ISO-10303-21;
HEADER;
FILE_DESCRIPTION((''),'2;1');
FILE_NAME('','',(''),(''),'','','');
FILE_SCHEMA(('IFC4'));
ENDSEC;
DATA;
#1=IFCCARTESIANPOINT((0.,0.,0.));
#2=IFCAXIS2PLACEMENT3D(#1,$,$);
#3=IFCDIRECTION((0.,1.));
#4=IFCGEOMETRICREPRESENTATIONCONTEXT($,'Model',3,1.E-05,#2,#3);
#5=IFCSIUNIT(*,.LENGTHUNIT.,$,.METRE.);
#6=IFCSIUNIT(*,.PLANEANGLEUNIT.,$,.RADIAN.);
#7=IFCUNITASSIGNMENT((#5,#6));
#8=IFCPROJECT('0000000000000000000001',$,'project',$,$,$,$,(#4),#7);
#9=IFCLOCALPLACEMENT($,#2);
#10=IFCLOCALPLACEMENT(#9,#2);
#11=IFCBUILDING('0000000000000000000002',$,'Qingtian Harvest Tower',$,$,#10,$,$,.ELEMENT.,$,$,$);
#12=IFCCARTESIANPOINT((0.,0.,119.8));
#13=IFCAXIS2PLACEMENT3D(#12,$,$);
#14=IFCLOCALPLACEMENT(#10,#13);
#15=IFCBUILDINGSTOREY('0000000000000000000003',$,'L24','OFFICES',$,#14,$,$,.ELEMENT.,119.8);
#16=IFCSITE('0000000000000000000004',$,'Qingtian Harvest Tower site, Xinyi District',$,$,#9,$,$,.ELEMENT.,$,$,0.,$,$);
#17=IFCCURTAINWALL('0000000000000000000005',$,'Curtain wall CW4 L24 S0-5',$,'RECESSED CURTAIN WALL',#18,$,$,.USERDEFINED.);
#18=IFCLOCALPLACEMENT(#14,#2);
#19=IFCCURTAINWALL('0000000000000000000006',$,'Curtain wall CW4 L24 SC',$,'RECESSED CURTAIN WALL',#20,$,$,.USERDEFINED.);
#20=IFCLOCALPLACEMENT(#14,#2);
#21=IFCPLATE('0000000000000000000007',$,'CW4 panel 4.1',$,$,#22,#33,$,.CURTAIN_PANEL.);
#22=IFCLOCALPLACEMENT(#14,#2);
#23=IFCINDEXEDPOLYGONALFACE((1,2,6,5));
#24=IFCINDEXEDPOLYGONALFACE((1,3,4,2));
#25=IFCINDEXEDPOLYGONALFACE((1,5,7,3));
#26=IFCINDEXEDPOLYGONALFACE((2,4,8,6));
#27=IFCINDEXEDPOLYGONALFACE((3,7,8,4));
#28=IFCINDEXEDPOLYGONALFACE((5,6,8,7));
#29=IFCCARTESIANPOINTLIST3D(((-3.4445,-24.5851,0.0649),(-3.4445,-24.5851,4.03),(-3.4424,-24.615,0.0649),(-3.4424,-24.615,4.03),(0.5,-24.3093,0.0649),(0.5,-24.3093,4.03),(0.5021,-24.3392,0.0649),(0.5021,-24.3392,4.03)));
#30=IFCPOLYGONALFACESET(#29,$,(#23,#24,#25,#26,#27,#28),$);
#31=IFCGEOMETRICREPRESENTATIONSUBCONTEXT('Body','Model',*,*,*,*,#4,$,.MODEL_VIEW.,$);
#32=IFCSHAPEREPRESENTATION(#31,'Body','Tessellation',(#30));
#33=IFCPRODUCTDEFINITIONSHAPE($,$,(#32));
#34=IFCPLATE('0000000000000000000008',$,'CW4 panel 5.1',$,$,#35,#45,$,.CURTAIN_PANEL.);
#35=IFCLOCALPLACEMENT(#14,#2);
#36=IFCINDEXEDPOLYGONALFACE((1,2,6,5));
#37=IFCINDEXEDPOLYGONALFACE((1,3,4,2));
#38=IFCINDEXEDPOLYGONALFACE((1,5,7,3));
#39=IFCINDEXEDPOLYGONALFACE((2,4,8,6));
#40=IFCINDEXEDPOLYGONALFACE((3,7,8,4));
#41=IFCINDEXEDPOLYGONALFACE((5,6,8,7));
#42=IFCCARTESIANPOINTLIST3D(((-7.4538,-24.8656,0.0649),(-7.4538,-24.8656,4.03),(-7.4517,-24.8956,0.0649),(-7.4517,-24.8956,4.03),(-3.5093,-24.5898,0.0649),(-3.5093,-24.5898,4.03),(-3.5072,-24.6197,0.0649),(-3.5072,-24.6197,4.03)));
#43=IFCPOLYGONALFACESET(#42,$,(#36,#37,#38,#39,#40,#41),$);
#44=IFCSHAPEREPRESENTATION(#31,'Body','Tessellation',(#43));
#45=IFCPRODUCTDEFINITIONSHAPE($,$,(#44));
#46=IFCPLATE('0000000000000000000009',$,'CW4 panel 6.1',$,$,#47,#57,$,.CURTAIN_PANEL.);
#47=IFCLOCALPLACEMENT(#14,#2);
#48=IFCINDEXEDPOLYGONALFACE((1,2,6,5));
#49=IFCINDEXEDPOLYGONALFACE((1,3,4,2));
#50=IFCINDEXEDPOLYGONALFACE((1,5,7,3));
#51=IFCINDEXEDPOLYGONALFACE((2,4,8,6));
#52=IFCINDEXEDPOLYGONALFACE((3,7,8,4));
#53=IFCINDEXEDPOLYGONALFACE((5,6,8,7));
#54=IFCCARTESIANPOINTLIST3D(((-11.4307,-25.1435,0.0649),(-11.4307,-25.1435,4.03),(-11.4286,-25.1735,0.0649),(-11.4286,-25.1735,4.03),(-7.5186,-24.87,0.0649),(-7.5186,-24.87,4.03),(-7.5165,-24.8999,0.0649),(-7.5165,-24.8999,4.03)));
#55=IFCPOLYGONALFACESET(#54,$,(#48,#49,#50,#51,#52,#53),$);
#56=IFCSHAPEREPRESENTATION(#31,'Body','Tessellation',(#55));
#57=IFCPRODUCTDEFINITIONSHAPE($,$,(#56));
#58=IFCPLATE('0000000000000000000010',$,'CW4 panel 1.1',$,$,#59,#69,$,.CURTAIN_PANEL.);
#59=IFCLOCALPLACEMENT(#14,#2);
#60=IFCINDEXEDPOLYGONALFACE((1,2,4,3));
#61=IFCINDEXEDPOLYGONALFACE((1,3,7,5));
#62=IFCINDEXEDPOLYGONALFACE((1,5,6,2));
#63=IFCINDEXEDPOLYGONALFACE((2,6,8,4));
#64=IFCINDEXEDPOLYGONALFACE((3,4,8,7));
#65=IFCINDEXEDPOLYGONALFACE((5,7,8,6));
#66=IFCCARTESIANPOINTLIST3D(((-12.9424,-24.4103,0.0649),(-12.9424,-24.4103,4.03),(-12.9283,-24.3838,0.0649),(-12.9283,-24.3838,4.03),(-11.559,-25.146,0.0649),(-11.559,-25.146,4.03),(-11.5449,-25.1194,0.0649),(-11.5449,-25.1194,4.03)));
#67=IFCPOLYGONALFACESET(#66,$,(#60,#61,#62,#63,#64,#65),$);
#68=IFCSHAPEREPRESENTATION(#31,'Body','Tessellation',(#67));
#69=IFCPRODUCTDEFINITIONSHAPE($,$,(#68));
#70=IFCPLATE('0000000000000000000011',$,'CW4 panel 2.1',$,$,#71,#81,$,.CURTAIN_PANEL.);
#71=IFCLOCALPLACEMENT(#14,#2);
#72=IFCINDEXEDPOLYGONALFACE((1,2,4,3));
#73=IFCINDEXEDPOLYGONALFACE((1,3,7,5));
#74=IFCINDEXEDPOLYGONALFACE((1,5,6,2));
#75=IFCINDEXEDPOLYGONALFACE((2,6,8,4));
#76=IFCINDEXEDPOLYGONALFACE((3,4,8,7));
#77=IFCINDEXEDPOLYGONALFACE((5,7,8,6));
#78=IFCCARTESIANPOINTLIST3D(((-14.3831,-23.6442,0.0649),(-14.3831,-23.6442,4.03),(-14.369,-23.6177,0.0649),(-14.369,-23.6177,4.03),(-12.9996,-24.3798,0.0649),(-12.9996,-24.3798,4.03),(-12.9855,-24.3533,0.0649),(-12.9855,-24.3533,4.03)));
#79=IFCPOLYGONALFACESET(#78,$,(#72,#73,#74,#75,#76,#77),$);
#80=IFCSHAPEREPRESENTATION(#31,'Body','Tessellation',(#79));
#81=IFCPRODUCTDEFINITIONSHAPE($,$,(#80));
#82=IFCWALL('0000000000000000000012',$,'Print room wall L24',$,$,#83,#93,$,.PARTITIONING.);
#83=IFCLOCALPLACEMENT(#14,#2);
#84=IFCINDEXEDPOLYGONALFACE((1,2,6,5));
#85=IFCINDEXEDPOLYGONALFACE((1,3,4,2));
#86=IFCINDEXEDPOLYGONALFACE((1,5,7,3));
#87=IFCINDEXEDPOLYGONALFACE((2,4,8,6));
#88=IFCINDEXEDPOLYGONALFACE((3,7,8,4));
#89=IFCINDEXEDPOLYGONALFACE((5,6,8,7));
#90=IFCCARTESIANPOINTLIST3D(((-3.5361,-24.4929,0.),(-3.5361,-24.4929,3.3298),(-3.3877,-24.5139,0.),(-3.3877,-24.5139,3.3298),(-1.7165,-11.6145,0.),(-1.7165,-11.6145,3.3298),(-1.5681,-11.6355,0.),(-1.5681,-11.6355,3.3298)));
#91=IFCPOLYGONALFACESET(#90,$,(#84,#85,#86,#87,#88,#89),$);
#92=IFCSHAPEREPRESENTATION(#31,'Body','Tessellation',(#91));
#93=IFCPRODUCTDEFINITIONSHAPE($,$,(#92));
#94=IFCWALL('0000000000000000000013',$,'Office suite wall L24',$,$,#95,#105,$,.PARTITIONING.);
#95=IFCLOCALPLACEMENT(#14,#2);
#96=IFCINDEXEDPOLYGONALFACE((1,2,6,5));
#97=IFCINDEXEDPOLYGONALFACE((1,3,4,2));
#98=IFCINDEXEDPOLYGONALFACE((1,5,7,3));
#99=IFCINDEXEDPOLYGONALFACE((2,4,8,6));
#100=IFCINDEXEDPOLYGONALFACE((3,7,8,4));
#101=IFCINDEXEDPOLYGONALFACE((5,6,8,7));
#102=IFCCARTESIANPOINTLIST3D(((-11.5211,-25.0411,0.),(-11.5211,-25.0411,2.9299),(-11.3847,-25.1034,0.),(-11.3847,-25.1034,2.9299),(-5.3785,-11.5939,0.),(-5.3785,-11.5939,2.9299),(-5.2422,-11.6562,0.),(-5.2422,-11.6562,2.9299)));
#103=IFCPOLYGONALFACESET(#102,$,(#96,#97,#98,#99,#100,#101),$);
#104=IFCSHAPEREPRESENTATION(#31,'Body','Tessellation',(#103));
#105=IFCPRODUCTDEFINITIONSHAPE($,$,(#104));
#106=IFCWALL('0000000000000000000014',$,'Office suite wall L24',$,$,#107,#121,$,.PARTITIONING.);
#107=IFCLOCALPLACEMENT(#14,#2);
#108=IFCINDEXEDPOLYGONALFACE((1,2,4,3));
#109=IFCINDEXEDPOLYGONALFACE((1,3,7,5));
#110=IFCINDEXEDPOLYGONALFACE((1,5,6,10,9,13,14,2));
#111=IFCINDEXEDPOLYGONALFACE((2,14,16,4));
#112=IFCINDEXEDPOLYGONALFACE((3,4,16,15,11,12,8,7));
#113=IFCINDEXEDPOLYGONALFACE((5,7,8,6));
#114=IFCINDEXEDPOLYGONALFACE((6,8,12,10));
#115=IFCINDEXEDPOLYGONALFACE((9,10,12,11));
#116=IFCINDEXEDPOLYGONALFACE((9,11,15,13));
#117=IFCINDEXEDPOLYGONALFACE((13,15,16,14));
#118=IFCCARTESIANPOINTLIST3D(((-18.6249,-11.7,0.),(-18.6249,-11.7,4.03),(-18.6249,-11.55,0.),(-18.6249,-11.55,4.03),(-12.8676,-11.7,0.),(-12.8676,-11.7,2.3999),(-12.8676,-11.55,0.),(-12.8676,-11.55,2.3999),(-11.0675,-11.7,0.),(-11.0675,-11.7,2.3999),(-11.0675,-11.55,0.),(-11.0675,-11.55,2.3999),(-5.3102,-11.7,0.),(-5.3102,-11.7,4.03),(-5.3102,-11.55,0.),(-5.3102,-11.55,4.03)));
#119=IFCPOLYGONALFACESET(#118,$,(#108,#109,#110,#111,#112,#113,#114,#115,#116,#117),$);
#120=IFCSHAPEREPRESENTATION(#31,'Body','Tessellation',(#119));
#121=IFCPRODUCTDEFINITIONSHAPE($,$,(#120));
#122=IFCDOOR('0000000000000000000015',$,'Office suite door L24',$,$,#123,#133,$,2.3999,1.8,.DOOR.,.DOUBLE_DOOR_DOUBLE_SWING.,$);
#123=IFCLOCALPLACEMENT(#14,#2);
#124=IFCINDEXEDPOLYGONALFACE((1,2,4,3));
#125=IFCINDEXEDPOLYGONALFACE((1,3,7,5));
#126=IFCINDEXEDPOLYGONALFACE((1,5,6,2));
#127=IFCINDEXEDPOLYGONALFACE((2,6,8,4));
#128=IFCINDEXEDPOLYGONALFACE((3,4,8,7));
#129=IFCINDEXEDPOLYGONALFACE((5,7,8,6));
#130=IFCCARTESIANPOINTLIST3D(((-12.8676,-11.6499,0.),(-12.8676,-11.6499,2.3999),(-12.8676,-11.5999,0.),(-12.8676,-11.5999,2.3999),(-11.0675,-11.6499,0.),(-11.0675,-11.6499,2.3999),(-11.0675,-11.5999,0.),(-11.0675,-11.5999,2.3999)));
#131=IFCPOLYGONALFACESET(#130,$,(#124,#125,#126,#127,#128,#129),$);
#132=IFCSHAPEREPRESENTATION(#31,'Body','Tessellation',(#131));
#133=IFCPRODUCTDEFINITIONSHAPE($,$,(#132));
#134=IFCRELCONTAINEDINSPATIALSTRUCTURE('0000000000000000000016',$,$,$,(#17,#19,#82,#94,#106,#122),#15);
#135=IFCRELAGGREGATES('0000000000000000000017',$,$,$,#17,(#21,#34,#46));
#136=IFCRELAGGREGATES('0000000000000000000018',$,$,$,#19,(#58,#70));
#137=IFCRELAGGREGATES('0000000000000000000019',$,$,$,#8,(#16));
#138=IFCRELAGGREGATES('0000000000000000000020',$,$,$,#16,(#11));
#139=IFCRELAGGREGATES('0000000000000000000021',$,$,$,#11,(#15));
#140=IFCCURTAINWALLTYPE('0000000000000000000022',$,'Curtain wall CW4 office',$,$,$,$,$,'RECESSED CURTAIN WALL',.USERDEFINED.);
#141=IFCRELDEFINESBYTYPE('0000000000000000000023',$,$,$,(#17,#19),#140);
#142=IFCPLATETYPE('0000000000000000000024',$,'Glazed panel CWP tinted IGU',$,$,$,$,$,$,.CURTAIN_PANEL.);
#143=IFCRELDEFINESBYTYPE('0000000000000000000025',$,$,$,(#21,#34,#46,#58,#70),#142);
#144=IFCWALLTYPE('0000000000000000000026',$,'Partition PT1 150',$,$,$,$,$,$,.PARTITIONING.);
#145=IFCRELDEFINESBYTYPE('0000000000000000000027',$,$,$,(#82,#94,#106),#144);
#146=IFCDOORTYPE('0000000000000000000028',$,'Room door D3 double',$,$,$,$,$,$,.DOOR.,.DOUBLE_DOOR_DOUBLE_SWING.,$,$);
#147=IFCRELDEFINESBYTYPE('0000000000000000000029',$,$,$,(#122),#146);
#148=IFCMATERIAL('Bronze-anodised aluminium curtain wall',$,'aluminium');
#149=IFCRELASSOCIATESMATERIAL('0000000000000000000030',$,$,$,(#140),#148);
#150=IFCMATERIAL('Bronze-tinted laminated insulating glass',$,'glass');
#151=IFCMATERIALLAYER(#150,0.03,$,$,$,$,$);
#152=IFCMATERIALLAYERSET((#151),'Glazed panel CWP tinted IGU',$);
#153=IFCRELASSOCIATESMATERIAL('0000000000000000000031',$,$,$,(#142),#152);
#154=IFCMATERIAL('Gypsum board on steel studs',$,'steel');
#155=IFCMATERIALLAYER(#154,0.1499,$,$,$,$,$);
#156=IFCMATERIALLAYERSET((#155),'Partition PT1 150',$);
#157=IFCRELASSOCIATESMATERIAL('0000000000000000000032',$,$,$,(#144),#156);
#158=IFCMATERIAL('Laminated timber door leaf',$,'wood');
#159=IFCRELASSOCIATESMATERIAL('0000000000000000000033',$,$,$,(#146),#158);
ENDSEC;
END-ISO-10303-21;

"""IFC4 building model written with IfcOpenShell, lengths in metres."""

from ifc_helpers import new_model, si_unit, direction, frame, frame_2d, origin, origin_2d, place, context, subcontext, project, spatial, rectangle, extrude, material, layer, layer_set, type_object, element, fill, aggregate, save


model = new_model("IFC4")

# Units and contexts
model_context = context("Model", 3, precision=1e-05, world=origin(), true_north=direction((0.0, 1.0)))
body_context = subcontext(model_context, "Body", "Model", "MODEL_VIEW")
ifc_project = project(units=[si_unit("LENGTHUNIT", "METRE"), si_unit("PLANEANGLEUNIT", "RADIAN")], contexts=[model_context])

# Site, building, storey
site_placement = place(None, origin())
site = spatial("IfcSite", under=ifc_project, at=site_placement, Name="Qingtian Harvest Tower site, Xinyi District", CompositionType="ELEMENT", RefElevation=0.0)
building_placement = place(site_placement, origin())
building = spatial("IfcBuilding", under=site, at=building_placement, Name="Qingtian Harvest Tower", CompositionType="ELEMENT")
storey_placement = place(building_placement, frame((0.0, 0.0, 119.8)))
storey = spatial("IfcBuildingStorey", under=building, at=storey_placement, Name="L24", Description="OFFICES", CompositionType="ELEMENT", Elevation=119.8)

# Curtain walls
ifc_material_1 = material(Name="Bronze-anodised aluminium curtain wall", Category="aluminium")
curtain_wall_type = type_object("IfcCurtainWallType", Name="Curtain wall CW4 office", ElementType="RECESSED CURTAIN WALL", PredefinedType="USERDEFINED", material=ifc_material_1)
curtain_wall_1_placement = place(storey_placement, origin())
curtain_wall_1 = element("IfcCurtainWall", 1, at=curtain_wall_1_placement, inside=storey, type_object=curtain_wall_type, Name="Curtain wall CW4 L24 S0-5", ObjectType="RECESSED CURTAIN WALL", PredefinedType="USERDEFINED")
curtain_wall_2_placement = place(storey_placement, origin())
curtain_wall_2 = element("IfcCurtainWall", 2, at=curtain_wall_2_placement, inside=storey, type_object=curtain_wall_type, Name="Curtain wall CW4 L24 SC", ObjectType="RECESSED CURTAIN WALL", PredefinedType="USERDEFINED")

# Plates
ifc_material_2 = material(Name="Bronze-tinted laminated insulating glass", Category="glass")
ifc_layer_1 = layer(ifc_material_2, 0.03)
ifc_layer_set_1 = layer_set([ifc_layer_1], Name="Glazed panel CWP tinted IGU")
plate_type = type_object("IfcPlateType", Name="Glazed panel CWP tinted IGU", PredefinedType="CURTAIN_PANEL", material=ifc_layer_set_1)
plate_1_placement = place(storey_placement, frame((-1.4712, -24.4622, 0.0649), z_axis=(0.0, 0.0, 1.0), x_axis=(-0.997564, -0.069756, 0.0)))
plate_1 = element("IfcPlate", 3, at=plate_1_placement, type_object=plate_type, Name="CW4 panel 4.1", PredefinedType="CURTAIN_PANEL", context=body_context, shape_type="SweptSolid", body=[
    extrude(rectangle(XDim=3.9541, YDim=0.03, at=origin_2d()), origin(), (0.0, 0.0, 1.0), 3.9651),
])
plate_2_placement = place(storey_placement, frame((-5.4805, -24.7427, 0.0649), z_axis=(0.0, 0.0, 1.0), x_axis=(-0.997564, -0.069756, 0.0)))
plate_2 = element("IfcPlate", 4, at=plate_2_placement, type_object=plate_type, Name="CW4 panel 5.1", PredefinedType="CURTAIN_PANEL", context=body_context, shape_type="SweptSolid", body=[
    extrude(rectangle(XDim=3.9541, YDim=0.03, at=origin_2d()), origin(), (0.0, 0.0, 1.0), 3.9651),
])
plate_3_placement = place(storey_placement, frame((-9.4736, -25.0217, 0.0649), z_axis=(0.0, 0.0, 1.0), x_axis=(-0.997564, -0.069756, 0.0)))
plate_3 = element("IfcPlate", 5, at=plate_3_placement, type_object=plate_type, Name="CW4 panel 6.1", PredefinedType="CURTAIN_PANEL", context=body_context, shape_type="SweptSolid", body=[
    extrude(rectangle(XDim=3.9216, YDim=0.03, at=origin_2d()), origin(), (0.0, 0.0, 1.0), 3.9651),
])
aggregate(curtain_wall_1, [plate_1, plate_2, plate_3])
plate_4_placement = place(storey_placement, frame((-12.2437, -24.7649, 0.0649), z_axis=(0.0, 0.0, 1.0), x_axis=(-0.882948, 0.469472, 0.0)))
plate_4 = element("IfcPlate", 6, at=plate_4_placement, type_object=plate_type, Name="CW4 panel 1.1", PredefinedType="CURTAIN_PANEL", context=body_context, shape_type="SweptSolid", body=[
    extrude(rectangle(XDim=1.5669, YDim=0.03, at=origin_2d()), origin(), (0.0, 0.0, 1.0), 3.9651),
])
plate_5_placement = place(storey_placement, frame((-13.6843, -23.9988, 0.0649), z_axis=(0.0, 0.0, 1.0), x_axis=(-0.882948, 0.469472, 0.0)))
plate_5 = element("IfcPlate", 7, at=plate_5_placement, type_object=plate_type, Name="CW4 panel 2.1", PredefinedType="CURTAIN_PANEL", context=body_context, shape_type="SweptSolid", body=[
    extrude(rectangle(XDim=1.5669, YDim=0.03, at=origin_2d()), origin(), (0.0, 0.0, 1.0), 3.9651),
])
aggregate(curtain_wall_2, [plate_4, plate_5])

# Walls
ifc_material_3 = material(Name="Gypsum board on steel studs", Category="steel")
ifc_layer_2 = layer(ifc_material_3, 0.1499)
ifc_layer_set_2 = layer_set([ifc_layer_2], Name="Partition PT1 150")
wall_type = type_object("IfcWallType", Name="Partition PT1 150", PredefinedType="PARTITIONING", material=ifc_layer_set_2)
wall_1_placement = place(storey_placement, frame((-3.4619, -24.5034, 0.0), z_axis=(0.0, 0.0, 1.0), x_axis=(0.1399, 0.990166, 0.0)))
element("IfcWall", 8, at=wall_1_placement, inside=storey, type_object=wall_type, Name="Print room wall L24", PredefinedType="PARTITIONING", context=body_context, shape_type="SweptSolid", body=[
    extrude(rectangle(XDim=13.0063, YDim=0.1499, at=frame_2d((6.5032, 0.0))), origin(), (0.0, 0.0, 1.0), 3.3298),
])
wall_2_placement = place(storey_placement, frame((-11.4529, -25.0723, 0.0), z_axis=(0.0, 0.0, 1.0), x_axis=(0.415494, 0.909596, 0.0)))
element("IfcWall", 9, at=wall_2_placement, inside=storey, type_object=wall_type, Name="Office suite wall L24", PredefinedType="PARTITIONING", context=body_context, shape_type="SweptSolid", body=[
    extrude(rectangle(XDim=14.7837, YDim=0.1499, at=frame_2d((7.3918, 0.0))), origin(), (0.0, 0.0, 1.0), 2.9299),
])

# Wall, opening, door
wall_3_placement = place(storey_placement, frame((-5.3103, -11.625, 0.0), z_axis=(0.0, 0.0, 1.0), x_axis=(-1.0, 0.0, 0.0)))
wall_3 = element("IfcWall", 10, at=wall_3_placement, inside=storey, type_object=wall_type, Name="Office suite wall L24", PredefinedType="PARTITIONING", context=body_context, shape_type="SweptSolid", body=[
    extrude(rectangle(XDim=13.3147, YDim=0.1499, at=frame_2d((6.6572, 0.0))), origin(), (0.0, 0.0, 1.0), 4.03),
])
opening_placement = place(wall_3_placement, frame((5.7573, 0.0, 0.0)))
opening = element("IfcOpeningElement", 11, at=opening_placement, cuts=wall_3, PredefinedType="OPENING", context=body_context, shape_type="SweptSolid", body=[
    extrude(rectangle(XDim=1.8, YDim=2.3999, at=frame_2d((0.8999, 1.2))), frame((0.0, 0.085, 0.0), z_axis=(0.0, -1.0, 0.0), x_axis=(1.0, 0.0, 0.0)), (0.0, 0.0, 1.0), 0.1699),
])
ifc_material_4 = material(Name="Laminated timber door leaf", Category="wood")
door_type = type_object("IfcDoorType", Name="Room door D3 double", OperationType="DOUBLE_DOOR_DOUBLE_SWING", PredefinedType="DOOR", material=ifc_material_4)
door_placement = place(opening_placement, origin())
door = element("IfcDoor", 12, at=door_placement, inside=storey, type_object=door_type, Name="Office suite door L24", OperationType="DOUBLE_DOOR_DOUBLE_SWING", OverallHeight=2.3999, OverallWidth=1.8, PredefinedType="DOOR", context=body_context, shape_type="SweptSolid", body=[
    extrude(rectangle(XDim=1.8, YDim=2.3999, at=frame_2d((0.8999, 1.2))), frame((0.0, 0.0249, 0.0), z_axis=(0.0, -1.0, 0.0), x_axis=(1.0, 0.0, 0.0)), (0.0, 0.0, 1.0), 0.05),
])
fill(opening, door)

save(model, "model.ifc")
